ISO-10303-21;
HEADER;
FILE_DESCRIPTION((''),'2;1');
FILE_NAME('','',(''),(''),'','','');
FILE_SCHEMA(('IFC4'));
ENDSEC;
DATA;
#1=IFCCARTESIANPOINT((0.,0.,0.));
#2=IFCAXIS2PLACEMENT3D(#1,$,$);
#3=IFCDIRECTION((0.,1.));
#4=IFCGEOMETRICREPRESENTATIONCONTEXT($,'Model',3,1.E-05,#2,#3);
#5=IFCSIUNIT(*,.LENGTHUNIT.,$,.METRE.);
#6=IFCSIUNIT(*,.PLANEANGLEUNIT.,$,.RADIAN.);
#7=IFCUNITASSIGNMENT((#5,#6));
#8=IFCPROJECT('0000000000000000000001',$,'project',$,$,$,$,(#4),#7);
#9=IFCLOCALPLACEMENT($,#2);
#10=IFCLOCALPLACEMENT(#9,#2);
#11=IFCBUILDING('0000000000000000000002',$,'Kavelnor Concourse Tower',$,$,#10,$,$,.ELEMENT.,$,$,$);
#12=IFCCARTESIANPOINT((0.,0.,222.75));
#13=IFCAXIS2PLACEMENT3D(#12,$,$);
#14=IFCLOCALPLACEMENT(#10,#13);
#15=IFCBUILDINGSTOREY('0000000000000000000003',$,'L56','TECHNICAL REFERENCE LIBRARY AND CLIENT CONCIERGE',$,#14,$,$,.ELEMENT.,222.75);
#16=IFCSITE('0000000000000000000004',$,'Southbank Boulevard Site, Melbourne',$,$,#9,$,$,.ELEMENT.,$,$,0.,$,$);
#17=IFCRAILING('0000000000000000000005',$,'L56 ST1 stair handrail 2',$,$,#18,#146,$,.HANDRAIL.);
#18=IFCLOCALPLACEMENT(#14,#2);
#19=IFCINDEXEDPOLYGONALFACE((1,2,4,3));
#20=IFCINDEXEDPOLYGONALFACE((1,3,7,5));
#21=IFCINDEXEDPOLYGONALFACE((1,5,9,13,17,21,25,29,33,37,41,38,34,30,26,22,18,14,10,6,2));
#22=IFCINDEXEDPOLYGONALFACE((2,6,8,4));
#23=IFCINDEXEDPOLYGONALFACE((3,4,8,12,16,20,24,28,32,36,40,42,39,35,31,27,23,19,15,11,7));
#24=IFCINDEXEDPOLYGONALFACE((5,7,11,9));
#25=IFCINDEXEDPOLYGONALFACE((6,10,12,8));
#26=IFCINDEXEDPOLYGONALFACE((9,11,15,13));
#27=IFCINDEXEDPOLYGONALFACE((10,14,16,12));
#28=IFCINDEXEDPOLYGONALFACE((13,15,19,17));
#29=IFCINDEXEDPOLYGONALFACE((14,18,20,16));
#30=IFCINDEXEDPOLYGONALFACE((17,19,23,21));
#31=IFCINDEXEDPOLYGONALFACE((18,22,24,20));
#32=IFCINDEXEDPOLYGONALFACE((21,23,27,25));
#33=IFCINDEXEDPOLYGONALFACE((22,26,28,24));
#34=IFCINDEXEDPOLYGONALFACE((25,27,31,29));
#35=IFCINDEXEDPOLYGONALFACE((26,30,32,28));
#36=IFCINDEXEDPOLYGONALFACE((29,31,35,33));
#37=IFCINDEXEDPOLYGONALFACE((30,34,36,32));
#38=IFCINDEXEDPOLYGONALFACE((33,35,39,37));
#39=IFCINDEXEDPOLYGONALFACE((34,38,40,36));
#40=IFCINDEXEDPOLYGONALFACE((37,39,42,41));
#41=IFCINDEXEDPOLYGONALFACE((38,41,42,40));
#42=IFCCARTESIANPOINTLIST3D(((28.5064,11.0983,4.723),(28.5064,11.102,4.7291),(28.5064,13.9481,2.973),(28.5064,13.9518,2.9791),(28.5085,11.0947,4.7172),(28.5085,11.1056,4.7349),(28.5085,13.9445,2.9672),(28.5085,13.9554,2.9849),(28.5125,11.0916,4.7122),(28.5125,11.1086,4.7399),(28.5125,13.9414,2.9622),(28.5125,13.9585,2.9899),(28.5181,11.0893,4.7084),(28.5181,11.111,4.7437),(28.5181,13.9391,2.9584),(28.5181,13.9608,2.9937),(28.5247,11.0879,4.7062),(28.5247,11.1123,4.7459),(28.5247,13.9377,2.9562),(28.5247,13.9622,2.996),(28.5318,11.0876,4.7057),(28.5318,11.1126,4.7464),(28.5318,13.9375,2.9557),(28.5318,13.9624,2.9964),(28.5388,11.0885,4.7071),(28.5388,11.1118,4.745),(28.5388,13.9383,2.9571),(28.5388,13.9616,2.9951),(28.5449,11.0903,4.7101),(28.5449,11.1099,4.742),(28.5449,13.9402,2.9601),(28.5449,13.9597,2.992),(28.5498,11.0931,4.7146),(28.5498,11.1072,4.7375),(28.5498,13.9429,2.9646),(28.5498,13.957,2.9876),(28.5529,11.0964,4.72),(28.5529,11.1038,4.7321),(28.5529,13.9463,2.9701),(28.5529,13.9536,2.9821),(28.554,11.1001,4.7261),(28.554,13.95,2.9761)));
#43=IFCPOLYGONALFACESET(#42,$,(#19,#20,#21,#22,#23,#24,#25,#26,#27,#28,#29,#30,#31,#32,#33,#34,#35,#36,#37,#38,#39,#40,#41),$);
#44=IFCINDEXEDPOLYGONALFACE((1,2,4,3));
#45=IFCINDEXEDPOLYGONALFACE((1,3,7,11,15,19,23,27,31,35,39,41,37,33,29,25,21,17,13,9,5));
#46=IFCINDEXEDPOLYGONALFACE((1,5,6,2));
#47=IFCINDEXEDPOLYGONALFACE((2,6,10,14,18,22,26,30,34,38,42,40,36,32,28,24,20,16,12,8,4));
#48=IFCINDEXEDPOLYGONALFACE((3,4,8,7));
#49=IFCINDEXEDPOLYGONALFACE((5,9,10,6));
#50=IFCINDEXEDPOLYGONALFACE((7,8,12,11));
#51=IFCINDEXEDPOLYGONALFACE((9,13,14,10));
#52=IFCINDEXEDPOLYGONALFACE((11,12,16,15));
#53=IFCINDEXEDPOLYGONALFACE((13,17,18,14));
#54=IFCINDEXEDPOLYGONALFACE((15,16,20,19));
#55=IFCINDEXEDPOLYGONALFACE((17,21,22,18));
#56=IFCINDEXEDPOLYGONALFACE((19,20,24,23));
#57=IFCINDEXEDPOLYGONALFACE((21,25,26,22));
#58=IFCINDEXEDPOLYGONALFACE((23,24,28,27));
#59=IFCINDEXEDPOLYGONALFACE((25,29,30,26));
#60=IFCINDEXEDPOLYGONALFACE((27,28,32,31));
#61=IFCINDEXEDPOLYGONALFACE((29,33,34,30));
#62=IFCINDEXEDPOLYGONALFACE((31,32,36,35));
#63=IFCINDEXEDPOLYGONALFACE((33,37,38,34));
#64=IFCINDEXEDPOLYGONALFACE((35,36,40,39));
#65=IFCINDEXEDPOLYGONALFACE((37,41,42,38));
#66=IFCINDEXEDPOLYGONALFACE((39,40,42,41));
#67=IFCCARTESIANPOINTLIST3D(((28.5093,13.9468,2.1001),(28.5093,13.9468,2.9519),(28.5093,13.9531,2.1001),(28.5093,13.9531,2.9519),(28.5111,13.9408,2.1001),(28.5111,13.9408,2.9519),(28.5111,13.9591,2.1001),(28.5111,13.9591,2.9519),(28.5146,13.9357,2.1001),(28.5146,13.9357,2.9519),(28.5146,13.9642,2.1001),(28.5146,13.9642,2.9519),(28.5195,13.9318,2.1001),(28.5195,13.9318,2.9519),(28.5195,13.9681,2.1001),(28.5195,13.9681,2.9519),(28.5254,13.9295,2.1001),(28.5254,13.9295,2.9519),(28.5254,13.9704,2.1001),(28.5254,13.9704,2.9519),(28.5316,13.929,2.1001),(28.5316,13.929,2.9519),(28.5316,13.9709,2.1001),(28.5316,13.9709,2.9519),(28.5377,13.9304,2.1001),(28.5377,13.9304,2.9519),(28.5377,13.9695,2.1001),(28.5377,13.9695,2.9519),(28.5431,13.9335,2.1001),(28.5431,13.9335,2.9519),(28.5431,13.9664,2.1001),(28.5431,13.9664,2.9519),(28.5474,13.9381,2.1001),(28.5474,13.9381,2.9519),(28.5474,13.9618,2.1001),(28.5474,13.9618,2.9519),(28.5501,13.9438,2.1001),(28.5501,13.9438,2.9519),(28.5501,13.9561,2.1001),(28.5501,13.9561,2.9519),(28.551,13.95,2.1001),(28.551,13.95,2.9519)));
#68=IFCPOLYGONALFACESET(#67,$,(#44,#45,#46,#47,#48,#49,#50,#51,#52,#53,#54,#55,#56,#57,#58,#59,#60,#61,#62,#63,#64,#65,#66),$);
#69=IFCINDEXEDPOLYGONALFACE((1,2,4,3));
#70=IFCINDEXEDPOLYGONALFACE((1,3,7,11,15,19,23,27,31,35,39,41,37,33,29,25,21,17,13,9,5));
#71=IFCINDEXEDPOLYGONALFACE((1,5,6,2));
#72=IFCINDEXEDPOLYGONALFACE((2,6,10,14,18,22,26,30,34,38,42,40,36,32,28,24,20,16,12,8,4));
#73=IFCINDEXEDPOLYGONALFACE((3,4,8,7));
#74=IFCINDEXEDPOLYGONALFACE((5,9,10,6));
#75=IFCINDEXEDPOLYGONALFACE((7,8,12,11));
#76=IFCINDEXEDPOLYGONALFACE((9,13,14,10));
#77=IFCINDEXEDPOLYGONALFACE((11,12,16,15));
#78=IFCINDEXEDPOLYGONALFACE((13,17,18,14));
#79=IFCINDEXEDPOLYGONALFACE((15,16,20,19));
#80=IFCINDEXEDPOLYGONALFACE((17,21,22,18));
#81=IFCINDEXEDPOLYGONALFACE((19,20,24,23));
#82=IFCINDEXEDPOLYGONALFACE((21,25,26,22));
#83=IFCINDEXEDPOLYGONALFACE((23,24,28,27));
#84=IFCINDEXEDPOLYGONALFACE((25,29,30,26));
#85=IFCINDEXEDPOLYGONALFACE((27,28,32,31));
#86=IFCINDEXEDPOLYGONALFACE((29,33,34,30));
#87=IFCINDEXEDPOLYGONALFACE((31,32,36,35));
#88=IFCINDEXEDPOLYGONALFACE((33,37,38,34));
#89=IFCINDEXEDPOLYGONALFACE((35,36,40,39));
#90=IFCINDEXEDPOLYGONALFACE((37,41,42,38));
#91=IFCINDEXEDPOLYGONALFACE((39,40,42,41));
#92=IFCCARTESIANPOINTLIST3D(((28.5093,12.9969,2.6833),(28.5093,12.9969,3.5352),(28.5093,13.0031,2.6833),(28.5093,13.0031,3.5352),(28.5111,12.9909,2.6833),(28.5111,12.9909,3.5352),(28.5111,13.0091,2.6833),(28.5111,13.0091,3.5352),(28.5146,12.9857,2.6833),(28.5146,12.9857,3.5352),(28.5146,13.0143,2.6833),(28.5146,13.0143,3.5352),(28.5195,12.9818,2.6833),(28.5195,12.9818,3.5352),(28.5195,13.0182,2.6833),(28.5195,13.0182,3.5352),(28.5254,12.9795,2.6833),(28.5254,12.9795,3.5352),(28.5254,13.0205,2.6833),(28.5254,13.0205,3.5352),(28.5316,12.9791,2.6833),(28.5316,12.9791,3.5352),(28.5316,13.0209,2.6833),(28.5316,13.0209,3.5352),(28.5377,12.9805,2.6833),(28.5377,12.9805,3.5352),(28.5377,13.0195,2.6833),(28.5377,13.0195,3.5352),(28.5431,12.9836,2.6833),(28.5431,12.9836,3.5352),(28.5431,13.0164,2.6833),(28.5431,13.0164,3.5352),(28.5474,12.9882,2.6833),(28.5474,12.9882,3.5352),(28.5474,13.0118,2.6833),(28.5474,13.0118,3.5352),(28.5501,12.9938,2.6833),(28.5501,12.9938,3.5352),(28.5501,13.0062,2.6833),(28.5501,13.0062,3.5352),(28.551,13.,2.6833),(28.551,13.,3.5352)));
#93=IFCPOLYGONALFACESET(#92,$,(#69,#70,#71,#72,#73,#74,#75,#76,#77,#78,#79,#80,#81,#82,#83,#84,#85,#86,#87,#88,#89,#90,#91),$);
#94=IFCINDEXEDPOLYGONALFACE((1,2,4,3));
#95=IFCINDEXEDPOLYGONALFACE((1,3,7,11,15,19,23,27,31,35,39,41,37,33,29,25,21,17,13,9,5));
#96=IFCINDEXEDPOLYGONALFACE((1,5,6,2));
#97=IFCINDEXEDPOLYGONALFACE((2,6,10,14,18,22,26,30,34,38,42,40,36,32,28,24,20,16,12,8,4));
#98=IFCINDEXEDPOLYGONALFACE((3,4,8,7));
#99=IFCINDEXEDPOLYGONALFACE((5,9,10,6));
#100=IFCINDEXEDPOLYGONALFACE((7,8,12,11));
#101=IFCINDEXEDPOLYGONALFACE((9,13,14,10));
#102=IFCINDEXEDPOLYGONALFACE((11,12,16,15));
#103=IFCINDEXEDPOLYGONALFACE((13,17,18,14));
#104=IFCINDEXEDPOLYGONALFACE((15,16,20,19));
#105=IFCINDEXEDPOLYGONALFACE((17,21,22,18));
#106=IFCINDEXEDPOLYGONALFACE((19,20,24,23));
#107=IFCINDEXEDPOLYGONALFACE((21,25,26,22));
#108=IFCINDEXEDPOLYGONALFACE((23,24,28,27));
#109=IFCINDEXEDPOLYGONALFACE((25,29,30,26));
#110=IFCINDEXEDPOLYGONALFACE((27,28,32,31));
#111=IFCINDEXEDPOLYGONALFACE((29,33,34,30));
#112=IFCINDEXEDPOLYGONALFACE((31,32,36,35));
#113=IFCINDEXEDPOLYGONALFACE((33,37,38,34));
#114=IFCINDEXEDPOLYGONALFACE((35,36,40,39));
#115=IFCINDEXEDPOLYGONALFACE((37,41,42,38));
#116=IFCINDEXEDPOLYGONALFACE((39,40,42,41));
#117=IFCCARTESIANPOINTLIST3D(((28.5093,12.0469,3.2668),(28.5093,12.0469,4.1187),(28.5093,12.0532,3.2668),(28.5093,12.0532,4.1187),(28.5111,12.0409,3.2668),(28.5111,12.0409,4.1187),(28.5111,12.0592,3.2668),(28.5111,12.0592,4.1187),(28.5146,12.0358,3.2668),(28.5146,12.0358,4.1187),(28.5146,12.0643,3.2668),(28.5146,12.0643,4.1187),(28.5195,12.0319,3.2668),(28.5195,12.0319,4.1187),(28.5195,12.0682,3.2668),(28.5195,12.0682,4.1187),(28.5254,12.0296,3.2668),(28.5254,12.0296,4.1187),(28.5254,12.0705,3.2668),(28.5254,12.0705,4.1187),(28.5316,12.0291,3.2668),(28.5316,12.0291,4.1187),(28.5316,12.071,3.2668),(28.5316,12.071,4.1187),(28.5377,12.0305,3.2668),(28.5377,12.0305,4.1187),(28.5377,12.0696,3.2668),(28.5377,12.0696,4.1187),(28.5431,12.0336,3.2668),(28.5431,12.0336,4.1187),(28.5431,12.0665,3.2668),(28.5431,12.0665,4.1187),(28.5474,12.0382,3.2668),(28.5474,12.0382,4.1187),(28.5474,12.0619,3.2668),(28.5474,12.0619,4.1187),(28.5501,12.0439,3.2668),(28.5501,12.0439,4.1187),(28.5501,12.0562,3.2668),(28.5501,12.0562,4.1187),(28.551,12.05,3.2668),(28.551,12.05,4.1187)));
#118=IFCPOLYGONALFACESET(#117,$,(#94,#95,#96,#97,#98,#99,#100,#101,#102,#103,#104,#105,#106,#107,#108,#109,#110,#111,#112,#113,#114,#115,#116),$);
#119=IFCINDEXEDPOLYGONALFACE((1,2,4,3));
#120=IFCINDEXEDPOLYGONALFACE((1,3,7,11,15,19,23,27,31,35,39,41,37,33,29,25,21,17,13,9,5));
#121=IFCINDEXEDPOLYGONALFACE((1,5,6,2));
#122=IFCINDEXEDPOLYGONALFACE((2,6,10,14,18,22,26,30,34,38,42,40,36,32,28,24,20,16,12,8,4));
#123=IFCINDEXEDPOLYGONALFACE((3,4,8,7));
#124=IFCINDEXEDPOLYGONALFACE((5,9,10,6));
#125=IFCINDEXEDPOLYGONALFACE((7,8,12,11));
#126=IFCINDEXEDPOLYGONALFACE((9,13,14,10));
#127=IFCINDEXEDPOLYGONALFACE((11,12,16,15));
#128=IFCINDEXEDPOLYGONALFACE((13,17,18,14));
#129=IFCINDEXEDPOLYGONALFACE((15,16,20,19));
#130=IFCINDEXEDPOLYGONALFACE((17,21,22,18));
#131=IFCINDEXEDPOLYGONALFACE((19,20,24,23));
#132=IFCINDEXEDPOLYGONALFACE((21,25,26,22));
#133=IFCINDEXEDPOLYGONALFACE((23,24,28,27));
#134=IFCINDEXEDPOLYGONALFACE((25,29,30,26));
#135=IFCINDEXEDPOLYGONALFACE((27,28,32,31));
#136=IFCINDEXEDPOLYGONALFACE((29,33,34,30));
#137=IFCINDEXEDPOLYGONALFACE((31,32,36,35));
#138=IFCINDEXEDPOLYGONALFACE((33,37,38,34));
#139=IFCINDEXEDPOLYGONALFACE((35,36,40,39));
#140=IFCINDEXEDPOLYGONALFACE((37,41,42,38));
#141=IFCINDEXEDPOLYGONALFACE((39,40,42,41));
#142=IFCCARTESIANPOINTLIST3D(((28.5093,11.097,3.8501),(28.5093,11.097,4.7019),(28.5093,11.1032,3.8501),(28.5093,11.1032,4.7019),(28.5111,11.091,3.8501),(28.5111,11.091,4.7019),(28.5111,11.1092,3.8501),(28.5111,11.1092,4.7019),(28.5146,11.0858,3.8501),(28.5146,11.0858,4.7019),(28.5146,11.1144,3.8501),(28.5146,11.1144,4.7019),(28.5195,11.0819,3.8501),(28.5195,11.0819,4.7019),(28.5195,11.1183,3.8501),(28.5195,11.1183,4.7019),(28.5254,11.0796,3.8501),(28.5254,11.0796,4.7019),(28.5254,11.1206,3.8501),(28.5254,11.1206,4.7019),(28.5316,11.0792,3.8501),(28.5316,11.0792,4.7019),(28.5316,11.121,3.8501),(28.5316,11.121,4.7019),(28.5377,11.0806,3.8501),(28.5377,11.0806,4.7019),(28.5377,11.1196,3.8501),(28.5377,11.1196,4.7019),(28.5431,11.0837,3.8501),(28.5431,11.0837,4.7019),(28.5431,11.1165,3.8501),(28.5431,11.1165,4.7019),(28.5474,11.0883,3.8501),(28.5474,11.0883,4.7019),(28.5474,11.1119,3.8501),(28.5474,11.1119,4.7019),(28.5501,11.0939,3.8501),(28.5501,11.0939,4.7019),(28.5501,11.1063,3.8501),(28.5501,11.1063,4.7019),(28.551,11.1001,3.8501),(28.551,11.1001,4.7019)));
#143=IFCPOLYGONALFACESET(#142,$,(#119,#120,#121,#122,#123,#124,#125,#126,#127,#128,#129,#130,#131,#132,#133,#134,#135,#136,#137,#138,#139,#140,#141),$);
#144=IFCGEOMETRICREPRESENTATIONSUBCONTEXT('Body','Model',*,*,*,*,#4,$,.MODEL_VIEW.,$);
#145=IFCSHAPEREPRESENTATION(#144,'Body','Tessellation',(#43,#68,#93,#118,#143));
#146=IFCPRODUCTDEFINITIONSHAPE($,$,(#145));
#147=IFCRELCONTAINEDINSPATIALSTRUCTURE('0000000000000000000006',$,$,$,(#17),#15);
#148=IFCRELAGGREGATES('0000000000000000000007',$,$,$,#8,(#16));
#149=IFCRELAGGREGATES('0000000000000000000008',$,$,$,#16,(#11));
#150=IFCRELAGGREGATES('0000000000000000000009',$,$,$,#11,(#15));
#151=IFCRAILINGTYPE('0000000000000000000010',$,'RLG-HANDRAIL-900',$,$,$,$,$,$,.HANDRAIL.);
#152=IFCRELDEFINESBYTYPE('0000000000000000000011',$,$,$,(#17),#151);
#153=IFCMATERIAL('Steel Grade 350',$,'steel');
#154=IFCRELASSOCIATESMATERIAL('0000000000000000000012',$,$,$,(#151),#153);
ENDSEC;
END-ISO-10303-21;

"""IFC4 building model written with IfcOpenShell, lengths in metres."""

from ifc_helpers import new_model, si_unit, direction, frame, origin, origin_2d, place, context, subcontext, project, spatial, circle, extrude, material, type_object, element, save


model = new_model("IFC4")

# Units and contexts
model_context = context("Model", 3, precision=1e-05, world=origin(), true_north=direction((0.0, 1.0)))
body_context = subcontext(model_context, "Body", "Model", "MODEL_VIEW")
ifc_project = project(units=[si_unit("LENGTHUNIT", "METRE"), si_unit("PLANEANGLEUNIT", "RADIAN")], contexts=[model_context])

# Site, building, storey
site_placement = place(None, origin())
site = spatial("IfcSite", under=ifc_project, at=site_placement, Name="Southbank Boulevard Site, Melbourne", CompositionType="ELEMENT", RefElevation=0.0)
building_placement = place(site_placement, origin())
building = spatial("IfcBuilding", under=site, at=building_placement, Name="Kavelnor Concourse Tower", CompositionType="ELEMENT")
storey_placement = place(building_placement, frame((0.0, 0.0, 222.75)))
storey = spatial("IfcBuildingStorey", under=building, at=storey_placement, Name="L56", Description="TECHNICAL REFERENCE LIBRARY AND CLIENT CONCIERGE", CompositionType="ELEMENT", Elevation=222.75)

# Shared definitions
ifc_material_1 = material(Name="Steel Grade 350", Category="steel")

# Railing
railing_type_1 = type_object("IfcRailingType", Name="RLG-HANDRAIL-900", PredefinedType="HANDRAIL", material=ifc_material_1)
railing_1_placement = place(storey_placement, frame((28.53, 13.95, 2.1001)))
element("IfcRailing", 1, at=railing_1_placement, inside=storey, type_object=railing_type_1, Name="L56 ST1 stair handrail 2", PredefinedType="HANDRAIL", context=body_context, shape_type="SweptSolid", body=[
    extrude(circle(Radius=0.0239, at=origin_2d()), frame((0.0, 0.0, 0.876), z_axis=(0.0, -0.852159, 0.523283), x_axis=(1.0, 0.0, 0.0)), (0.0, 0.0, 1.0), 3.3442),
    extrude(circle(Radius=0.021, at=origin_2d()), origin(), (0.0, 0.0, 1.0), 0.8518),
    extrude(circle(Radius=0.021, at=origin_2d()), frame((0.0, -0.95, 0.5833)), (0.0, 0.0, 1.0), 0.8518),
    extrude(circle(Radius=0.021, at=origin_2d()), frame((0.0, -1.8999, 1.1667)), (0.0, 0.0, 1.0), 0.8518),
    extrude(circle(Radius=0.021, at=origin_2d()), frame((0.0, -2.8499, 1.75)), (0.0, 0.0, 1.0), 0.8518),
])

save(model, "model.ifc")
